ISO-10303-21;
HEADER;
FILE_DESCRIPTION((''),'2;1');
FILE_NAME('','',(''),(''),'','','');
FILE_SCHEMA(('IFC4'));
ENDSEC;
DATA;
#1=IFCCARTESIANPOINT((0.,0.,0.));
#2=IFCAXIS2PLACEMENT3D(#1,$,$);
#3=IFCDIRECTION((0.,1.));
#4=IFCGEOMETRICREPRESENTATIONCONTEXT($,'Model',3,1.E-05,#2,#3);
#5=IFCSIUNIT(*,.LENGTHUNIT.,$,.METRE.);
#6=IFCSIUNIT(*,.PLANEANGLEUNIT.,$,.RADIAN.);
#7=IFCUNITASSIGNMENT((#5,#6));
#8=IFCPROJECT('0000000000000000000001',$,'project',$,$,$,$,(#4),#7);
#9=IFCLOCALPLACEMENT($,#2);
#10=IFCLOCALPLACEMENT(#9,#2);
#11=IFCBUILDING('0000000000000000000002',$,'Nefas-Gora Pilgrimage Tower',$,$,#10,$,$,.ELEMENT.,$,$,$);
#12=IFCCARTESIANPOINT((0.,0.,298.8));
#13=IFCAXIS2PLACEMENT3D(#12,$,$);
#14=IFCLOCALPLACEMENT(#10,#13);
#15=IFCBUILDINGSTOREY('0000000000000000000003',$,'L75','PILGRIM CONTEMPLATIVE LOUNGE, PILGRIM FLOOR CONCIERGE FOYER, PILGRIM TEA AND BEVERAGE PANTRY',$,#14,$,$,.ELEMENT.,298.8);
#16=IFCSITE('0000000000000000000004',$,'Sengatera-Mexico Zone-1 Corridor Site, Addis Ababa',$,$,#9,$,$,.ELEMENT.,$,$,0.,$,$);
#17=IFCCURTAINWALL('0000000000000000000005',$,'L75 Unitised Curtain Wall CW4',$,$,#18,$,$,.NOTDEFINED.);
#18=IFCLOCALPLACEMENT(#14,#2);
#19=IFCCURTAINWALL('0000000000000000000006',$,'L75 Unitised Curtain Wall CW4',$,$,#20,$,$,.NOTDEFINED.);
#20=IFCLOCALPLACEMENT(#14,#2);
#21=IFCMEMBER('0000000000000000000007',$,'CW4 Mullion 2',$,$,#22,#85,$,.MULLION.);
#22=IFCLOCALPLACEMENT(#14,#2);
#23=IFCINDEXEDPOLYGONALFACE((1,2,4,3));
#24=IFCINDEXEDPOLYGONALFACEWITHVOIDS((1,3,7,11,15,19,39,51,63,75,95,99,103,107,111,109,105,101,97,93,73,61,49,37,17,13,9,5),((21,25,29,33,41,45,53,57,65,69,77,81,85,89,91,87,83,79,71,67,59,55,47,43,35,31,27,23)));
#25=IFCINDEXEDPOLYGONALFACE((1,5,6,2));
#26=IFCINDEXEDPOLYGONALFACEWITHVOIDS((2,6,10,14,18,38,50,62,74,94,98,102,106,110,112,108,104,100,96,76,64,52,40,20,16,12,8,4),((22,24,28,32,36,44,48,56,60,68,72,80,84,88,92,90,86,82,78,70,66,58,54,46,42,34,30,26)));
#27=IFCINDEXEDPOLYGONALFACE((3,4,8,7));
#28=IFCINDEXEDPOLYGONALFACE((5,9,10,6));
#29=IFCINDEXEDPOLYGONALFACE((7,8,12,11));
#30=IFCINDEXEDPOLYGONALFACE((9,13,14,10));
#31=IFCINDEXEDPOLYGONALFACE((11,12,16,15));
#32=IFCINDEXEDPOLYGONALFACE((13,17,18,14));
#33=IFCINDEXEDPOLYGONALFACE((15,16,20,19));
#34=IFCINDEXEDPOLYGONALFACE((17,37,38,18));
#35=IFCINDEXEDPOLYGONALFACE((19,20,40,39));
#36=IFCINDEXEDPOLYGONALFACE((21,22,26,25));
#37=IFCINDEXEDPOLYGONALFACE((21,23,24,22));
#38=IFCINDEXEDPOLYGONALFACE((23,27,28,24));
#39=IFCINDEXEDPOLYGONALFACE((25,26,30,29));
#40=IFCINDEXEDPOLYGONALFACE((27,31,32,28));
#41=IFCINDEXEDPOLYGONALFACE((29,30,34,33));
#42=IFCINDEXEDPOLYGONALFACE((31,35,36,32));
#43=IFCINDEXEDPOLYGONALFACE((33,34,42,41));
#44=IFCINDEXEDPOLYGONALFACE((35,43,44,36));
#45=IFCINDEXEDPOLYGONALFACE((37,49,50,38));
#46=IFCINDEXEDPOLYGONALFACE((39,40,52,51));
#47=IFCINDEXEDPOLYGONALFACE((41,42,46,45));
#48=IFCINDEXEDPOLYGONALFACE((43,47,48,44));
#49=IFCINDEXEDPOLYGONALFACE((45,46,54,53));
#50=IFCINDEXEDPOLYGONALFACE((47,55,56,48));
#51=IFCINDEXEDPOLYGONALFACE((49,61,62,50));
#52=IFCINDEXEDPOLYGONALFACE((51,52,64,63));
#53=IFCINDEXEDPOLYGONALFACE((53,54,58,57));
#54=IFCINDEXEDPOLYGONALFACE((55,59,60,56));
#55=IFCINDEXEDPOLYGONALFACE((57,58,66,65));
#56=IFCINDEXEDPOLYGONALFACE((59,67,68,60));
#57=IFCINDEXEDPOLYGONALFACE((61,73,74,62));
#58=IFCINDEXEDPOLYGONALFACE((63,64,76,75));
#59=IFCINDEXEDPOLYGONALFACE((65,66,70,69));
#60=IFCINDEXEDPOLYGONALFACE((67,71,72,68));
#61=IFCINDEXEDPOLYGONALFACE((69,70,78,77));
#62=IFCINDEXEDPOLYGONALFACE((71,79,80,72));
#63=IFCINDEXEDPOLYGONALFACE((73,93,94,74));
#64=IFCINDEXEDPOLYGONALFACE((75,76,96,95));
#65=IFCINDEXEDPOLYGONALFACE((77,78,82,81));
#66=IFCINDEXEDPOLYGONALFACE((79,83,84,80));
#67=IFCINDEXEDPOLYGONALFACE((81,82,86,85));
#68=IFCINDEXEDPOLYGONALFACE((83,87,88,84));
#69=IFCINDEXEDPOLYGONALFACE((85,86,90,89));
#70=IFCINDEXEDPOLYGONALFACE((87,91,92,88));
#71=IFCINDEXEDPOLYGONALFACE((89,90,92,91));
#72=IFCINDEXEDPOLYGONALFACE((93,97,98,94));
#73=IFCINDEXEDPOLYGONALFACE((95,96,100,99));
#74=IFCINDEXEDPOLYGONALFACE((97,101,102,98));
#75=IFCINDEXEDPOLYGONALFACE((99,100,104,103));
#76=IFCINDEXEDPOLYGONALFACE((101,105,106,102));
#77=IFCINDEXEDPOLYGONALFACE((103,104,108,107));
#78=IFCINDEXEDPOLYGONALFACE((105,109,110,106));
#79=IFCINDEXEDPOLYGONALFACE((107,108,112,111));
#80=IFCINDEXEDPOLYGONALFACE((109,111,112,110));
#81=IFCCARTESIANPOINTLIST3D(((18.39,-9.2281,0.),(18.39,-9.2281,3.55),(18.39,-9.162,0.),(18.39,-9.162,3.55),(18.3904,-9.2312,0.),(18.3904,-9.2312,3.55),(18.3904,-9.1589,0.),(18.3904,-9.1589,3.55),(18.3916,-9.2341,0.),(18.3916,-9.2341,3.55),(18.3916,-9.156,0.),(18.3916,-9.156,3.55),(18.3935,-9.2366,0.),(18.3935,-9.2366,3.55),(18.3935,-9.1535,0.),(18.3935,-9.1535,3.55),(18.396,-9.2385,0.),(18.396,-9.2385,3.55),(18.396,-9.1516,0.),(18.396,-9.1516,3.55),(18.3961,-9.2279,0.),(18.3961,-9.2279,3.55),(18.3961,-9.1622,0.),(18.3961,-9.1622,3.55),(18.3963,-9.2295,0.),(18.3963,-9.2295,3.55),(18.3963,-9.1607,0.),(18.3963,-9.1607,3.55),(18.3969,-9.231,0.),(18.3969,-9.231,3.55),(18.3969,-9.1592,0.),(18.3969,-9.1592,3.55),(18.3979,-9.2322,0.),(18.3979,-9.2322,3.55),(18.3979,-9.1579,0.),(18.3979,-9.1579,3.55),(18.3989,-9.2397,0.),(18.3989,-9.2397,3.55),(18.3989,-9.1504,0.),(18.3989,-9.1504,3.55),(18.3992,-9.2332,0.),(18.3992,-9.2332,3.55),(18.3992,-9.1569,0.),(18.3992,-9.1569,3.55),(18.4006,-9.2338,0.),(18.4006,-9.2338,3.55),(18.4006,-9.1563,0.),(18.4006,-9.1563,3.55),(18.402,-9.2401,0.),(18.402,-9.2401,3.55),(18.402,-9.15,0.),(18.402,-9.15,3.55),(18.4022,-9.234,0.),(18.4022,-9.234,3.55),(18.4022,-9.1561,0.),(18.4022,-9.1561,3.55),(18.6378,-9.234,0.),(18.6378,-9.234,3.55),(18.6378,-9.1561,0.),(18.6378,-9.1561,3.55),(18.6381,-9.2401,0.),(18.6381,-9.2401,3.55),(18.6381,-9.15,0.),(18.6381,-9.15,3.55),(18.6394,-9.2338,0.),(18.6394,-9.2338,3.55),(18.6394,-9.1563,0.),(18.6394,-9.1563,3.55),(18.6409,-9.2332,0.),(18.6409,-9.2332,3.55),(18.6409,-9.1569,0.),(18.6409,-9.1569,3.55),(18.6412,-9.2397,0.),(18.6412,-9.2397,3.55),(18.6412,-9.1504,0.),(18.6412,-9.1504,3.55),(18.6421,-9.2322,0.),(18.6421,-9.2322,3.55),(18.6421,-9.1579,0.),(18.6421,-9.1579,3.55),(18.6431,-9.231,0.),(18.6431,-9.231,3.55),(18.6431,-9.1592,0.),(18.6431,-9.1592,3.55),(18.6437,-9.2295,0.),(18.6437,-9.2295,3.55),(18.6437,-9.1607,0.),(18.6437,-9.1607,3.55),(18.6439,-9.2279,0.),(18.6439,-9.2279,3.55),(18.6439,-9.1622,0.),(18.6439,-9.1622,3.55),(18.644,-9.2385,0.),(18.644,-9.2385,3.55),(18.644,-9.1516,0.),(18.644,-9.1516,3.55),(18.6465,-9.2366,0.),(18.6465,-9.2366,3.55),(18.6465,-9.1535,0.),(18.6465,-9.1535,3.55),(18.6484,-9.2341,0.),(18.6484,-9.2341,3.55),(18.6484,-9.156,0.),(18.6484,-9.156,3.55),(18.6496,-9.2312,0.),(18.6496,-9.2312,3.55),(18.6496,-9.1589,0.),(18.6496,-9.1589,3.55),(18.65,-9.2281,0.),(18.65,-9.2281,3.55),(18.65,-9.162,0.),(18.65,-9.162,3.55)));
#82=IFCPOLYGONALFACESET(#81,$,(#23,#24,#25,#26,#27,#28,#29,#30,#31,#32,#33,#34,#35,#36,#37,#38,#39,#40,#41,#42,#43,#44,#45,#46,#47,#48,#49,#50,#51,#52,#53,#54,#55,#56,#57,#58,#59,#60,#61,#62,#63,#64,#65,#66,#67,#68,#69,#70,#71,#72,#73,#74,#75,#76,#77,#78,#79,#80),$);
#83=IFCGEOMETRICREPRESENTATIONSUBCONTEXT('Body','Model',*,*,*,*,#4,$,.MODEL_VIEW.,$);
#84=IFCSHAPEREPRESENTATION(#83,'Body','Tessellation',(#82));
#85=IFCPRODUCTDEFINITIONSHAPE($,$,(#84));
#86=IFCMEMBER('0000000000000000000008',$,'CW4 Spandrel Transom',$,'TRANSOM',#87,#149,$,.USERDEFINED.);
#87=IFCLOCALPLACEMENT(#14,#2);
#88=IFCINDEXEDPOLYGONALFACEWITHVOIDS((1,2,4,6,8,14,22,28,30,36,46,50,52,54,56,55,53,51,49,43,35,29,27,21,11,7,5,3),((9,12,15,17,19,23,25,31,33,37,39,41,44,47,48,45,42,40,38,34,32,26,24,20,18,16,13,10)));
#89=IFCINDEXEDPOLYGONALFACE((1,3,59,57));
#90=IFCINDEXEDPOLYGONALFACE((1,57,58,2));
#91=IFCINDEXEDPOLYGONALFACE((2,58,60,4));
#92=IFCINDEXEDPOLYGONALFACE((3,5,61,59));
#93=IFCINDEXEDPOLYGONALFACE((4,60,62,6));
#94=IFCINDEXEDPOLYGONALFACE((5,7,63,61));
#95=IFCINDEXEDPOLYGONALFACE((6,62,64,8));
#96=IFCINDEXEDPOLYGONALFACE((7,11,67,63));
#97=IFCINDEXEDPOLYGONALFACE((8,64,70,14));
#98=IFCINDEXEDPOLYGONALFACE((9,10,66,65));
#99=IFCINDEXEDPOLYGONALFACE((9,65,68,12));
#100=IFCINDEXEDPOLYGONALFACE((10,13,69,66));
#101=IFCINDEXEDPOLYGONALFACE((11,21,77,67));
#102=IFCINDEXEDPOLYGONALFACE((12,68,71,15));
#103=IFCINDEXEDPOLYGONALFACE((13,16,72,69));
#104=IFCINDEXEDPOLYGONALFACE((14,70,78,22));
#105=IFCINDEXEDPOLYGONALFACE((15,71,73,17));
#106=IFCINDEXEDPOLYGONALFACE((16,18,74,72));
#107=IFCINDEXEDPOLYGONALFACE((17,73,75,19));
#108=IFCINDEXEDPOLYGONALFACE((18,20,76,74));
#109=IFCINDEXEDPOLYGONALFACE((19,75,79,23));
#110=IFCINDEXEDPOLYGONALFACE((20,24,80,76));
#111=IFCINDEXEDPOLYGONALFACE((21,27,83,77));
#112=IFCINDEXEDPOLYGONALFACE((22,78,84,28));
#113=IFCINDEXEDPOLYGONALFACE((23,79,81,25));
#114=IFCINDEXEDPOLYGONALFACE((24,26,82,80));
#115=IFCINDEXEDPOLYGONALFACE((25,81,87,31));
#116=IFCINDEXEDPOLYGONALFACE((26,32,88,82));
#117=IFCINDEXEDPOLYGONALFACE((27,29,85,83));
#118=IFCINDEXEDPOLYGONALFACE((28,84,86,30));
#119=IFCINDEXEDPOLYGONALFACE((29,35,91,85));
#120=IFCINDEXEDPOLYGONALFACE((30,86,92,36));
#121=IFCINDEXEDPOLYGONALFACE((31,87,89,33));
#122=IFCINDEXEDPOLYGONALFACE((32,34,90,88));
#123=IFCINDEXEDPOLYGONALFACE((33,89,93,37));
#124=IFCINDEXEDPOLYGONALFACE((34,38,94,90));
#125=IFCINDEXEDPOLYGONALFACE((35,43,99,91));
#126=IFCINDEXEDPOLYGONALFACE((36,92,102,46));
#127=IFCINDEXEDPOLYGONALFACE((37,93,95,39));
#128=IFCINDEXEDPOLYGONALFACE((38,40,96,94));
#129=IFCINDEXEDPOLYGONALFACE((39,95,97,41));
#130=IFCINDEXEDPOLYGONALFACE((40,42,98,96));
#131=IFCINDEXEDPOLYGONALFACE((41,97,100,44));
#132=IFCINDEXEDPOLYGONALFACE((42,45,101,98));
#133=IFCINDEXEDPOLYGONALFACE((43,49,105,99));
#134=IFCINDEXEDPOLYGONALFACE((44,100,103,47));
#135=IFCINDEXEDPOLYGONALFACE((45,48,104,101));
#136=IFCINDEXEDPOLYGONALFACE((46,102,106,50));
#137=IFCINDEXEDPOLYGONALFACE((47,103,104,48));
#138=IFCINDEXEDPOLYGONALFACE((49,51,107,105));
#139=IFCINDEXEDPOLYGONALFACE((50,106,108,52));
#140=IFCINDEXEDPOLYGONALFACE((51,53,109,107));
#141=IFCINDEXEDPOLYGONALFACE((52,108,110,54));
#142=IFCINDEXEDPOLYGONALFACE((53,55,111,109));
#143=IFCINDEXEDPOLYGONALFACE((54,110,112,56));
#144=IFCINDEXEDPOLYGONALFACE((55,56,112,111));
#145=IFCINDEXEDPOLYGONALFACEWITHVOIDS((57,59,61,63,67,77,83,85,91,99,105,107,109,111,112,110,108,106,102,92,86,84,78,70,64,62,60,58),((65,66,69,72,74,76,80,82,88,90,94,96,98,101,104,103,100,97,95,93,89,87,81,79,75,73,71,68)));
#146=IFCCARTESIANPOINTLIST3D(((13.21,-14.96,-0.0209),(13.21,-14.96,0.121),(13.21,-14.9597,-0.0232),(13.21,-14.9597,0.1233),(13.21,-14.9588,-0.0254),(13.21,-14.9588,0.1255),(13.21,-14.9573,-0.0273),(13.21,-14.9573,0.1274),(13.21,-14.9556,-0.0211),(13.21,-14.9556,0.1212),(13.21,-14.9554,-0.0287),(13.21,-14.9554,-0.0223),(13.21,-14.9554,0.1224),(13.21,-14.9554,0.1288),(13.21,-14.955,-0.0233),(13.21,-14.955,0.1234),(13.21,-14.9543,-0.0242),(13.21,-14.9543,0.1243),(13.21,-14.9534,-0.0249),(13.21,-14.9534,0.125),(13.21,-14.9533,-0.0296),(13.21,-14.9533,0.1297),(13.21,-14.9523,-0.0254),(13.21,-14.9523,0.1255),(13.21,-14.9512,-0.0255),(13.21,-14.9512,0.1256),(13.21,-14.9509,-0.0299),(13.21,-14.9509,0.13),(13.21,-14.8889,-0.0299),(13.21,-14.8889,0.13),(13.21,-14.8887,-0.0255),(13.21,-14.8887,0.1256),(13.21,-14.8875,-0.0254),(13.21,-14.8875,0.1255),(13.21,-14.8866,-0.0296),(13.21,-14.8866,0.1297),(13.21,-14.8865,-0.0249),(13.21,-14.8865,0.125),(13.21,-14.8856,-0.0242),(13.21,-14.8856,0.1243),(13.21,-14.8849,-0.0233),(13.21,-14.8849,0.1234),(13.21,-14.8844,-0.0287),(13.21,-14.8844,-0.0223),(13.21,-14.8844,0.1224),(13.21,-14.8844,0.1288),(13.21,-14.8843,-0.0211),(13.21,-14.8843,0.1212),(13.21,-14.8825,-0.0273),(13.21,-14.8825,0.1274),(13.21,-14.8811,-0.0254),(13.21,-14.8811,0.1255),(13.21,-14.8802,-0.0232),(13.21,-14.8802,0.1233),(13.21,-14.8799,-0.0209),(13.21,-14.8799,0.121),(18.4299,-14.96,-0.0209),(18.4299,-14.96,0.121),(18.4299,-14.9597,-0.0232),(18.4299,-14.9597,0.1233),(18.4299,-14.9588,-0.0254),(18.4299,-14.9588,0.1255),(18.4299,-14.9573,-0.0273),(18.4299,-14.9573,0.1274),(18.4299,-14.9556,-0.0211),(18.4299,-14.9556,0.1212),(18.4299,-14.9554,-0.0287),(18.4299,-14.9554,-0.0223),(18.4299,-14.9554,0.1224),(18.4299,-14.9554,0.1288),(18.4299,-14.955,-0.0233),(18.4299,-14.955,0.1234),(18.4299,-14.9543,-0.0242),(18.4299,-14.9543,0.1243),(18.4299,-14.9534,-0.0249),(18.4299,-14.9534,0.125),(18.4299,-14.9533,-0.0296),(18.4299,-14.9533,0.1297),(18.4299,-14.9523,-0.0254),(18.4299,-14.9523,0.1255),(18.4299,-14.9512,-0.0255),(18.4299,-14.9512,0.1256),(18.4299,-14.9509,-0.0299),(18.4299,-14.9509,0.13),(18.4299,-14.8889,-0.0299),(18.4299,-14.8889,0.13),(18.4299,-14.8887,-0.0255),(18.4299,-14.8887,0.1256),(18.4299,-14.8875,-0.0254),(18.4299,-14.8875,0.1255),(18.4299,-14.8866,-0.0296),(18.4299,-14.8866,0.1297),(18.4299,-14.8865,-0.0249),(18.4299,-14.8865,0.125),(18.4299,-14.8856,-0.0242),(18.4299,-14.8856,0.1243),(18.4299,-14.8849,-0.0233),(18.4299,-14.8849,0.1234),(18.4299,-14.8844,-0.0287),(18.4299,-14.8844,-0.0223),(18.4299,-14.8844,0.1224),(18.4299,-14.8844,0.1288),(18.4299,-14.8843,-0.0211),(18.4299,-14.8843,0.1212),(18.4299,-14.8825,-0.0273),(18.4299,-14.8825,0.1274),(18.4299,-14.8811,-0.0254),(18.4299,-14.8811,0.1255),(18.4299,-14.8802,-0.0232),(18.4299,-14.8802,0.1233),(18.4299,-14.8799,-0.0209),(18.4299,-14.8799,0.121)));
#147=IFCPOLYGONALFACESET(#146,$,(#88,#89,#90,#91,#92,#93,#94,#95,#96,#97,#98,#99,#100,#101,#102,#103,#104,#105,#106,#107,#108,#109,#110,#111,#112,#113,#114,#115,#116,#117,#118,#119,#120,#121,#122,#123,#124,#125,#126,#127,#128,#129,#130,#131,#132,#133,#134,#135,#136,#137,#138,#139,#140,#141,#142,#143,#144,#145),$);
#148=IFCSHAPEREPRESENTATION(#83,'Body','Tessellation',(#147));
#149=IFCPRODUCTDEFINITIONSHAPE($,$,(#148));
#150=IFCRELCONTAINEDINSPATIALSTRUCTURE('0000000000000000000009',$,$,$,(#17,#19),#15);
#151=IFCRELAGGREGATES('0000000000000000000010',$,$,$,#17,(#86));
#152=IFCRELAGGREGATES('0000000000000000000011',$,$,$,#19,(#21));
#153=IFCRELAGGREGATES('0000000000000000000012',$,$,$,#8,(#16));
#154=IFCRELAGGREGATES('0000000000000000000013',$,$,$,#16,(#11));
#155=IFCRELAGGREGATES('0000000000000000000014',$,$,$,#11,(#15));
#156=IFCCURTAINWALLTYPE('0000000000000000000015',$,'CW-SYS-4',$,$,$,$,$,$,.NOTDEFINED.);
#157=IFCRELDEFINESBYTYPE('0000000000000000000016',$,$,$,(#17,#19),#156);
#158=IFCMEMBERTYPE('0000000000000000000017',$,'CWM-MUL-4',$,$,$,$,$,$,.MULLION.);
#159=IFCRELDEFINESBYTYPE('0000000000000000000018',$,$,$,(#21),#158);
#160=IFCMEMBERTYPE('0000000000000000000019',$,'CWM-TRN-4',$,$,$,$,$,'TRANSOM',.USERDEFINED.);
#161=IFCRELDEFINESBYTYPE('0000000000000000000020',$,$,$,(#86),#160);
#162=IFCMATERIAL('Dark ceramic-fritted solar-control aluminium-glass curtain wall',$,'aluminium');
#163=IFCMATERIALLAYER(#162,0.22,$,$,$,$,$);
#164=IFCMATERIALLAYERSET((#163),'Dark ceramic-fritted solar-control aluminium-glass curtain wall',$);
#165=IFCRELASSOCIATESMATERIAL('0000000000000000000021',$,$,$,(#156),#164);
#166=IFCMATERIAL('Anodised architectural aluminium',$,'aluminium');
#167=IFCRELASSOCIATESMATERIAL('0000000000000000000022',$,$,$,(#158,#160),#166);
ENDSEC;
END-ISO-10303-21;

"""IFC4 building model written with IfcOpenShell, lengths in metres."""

from ifc_helpers import new_model, si_unit, direction, frame, origin, origin_2d, place, context, subcontext, project, spatial, hollow_rectangle, extrude, source, transform, mapped, material, layer, layer_set, material_profile, profile_set, type_object, element, aggregate, save


model = new_model("IFC4")

# Units and contexts
model_context = context("Model", 3, precision=1e-05, world=origin(), true_north=direction((0.0, 1.0)))
body_context = subcontext(model_context, "Body", "Model", "MODEL_VIEW")
ifc_project = project(units=[si_unit("LENGTHUNIT", "METRE"), si_unit("PLANEANGLEUNIT", "RADIAN")], contexts=[model_context])

# Site, building, storey
site_placement = place(None, origin())
site = spatial("IfcSite", under=ifc_project, at=site_placement, Name="Sengatera-Mexico Zone-1 Corridor Site, Addis Ababa", CompositionType="ELEMENT", RefElevation=0.0)
building_placement = place(site_placement, origin())
building = spatial("IfcBuilding", under=site, at=building_placement, Name="Nefas-Gora Pilgrimage Tower", CompositionType="ELEMENT")
storey_placement = place(building_placement, frame((0.0, 0.0, 298.8)))
storey = spatial("IfcBuildingStorey", under=building, at=storey_placement, Name="L75", Description="PILGRIM CONTEMPLATIVE LOUNGE, PILGRIM FLOOR CONCIERGE FOYER, PILGRIM TEA AND BEVERAGE PANTRY", CompositionType="ELEMENT", Elevation=298.8)

# Curtain wall
ifc_material_1 = material(Name="Dark ceramic-fritted solar-control aluminium-glass curtain wall", Category="aluminium")
ifc_layer_1 = layer(ifc_material_1, 0.22)
ifc_layer_set_1 = layer_set([ifc_layer_1], Name="Dark ceramic-fritted solar-control aluminium-glass curtain wall")
curtain_wall_type = type_object("IfcCurtainWallType", Name="CW-SYS-4", PredefinedType="NOTDEFINED", material=ifc_layer_set_1)
curtain_wall_1_placement = place(storey_placement, origin())
curtain_wall_1 = element("IfcCurtainWall", 1, at=curtain_wall_1_placement, inside=storey, type_object=curtain_wall_type, Name="L75 Unitised Curtain Wall CW4", PredefinedType="NOTDEFINED")
ifc_material_2 = material(Name="Anodised architectural aluminium", Category="aluminium")
ifc_material_profile_1 = material_profile(ifc_material_2, hollow_rectangle(XDim=0.0901, YDim=0.26, WallThickness=0.0061, InnerFilletRadius=0.0061, OuterFilletRadius=0.012, at=origin_2d()), Name="ALU MULLION 90x260")
ifc_profile_set_1 = profile_set([ifc_material_profile_1], Name="Anodised architectural aluminium")
member_type_1 = type_object("IfcMemberType", Name="CWM-MUL-4", PredefinedType="MULLION", material=ifc_profile_set_1)
shared_shape_1 = source(origin(), body_context, "Body", "SweptSolid", [
    extrude(hollow_rectangle(XDim=0.0901, YDim=0.26, WallThickness=0.0061, InnerFilletRadius=0.0061, OuterFilletRadius=0.012, at=origin_2d()), origin(), (0.0, 0.0, 1.0), 3.55),
])

# Curtain wall, member
curtain_wall_2_placement = place(storey_placement, origin())
curtain_wall_2 = element("IfcCurtainWall", 2, at=curtain_wall_2_placement, inside=storey, type_object=curtain_wall_type, Name="L75 Unitised Curtain Wall CW4", PredefinedType="NOTDEFINED")
member_1_placement = place(storey_placement, frame((18.52, -9.1951, 0.0), z_axis=(0.0, 0.0, 1.0), x_axis=(0.0, 1.0, 0.0)))
member_1 = element("IfcMember", 3, at=member_1_placement, type_object=member_type_1, Name="CW4 Mullion 2", PredefinedType="MULLION", context=body_context, shape_type="MappedRepresentation", body=[
    mapped(shared_shape_1, transform((0.0, 0.0, 0.0), x_axis=(1.0, 0.0, 0.0), y_axis=(0.0, 1.0, 0.0), z_axis=(0.0, 0.0, 1.0), scale=1.0)),
])

# Member
ifc_material_profile_2 = material_profile(ifc_material_2, hollow_rectangle(XDim=0.0801, YDim=0.1599, WallThickness=0.0044, InnerFilletRadius=0.0044, OuterFilletRadius=0.009, at=origin_2d()), Name="ALU TRANSOM 80x160")
ifc_profile_set_2 = profile_set([ifc_material_profile_2], Name="Anodised architectural aluminium")
member_type_2 = type_object("IfcMemberType", Name="CWM-TRN-4", ElementType="TRANSOM", PredefinedType="USERDEFINED", material=ifc_profile_set_2)
shared_shape_2 = source(origin(), body_context, "Body", "SweptSolid", [
    extrude(hollow_rectangle(XDim=0.0801, YDim=0.1599, WallThickness=0.0044, InnerFilletRadius=0.0044, OuterFilletRadius=0.009, at=origin_2d()), origin(), (0.0, 0.0, 1.0), 5.22),
])
member_2_placement = place(storey_placement, frame((13.21, -14.9199, 0.05), z_axis=(1.0, 0.0, 0.0), x_axis=(0.0, 1.0, 0.0)))
member_2 = element("IfcMember", 4, at=member_2_placement, type_object=member_type_2, Name="CW4 Spandrel Transom", ObjectType="TRANSOM", PredefinedType="USERDEFINED", context=body_context, shape_type="MappedRepresentation", body=[
    mapped(shared_shape_2, transform((0.0, 0.0, 0.0), x_axis=(1.0, 0.0, 0.0), y_axis=(0.0, 1.0, 0.0), z_axis=(0.0, 0.0, 1.0), scale=1.0)),
])

aggregate(curtain_wall_1, [member_2])
aggregate(curtain_wall_2, [member_1])

save(model, "model.ifc")
